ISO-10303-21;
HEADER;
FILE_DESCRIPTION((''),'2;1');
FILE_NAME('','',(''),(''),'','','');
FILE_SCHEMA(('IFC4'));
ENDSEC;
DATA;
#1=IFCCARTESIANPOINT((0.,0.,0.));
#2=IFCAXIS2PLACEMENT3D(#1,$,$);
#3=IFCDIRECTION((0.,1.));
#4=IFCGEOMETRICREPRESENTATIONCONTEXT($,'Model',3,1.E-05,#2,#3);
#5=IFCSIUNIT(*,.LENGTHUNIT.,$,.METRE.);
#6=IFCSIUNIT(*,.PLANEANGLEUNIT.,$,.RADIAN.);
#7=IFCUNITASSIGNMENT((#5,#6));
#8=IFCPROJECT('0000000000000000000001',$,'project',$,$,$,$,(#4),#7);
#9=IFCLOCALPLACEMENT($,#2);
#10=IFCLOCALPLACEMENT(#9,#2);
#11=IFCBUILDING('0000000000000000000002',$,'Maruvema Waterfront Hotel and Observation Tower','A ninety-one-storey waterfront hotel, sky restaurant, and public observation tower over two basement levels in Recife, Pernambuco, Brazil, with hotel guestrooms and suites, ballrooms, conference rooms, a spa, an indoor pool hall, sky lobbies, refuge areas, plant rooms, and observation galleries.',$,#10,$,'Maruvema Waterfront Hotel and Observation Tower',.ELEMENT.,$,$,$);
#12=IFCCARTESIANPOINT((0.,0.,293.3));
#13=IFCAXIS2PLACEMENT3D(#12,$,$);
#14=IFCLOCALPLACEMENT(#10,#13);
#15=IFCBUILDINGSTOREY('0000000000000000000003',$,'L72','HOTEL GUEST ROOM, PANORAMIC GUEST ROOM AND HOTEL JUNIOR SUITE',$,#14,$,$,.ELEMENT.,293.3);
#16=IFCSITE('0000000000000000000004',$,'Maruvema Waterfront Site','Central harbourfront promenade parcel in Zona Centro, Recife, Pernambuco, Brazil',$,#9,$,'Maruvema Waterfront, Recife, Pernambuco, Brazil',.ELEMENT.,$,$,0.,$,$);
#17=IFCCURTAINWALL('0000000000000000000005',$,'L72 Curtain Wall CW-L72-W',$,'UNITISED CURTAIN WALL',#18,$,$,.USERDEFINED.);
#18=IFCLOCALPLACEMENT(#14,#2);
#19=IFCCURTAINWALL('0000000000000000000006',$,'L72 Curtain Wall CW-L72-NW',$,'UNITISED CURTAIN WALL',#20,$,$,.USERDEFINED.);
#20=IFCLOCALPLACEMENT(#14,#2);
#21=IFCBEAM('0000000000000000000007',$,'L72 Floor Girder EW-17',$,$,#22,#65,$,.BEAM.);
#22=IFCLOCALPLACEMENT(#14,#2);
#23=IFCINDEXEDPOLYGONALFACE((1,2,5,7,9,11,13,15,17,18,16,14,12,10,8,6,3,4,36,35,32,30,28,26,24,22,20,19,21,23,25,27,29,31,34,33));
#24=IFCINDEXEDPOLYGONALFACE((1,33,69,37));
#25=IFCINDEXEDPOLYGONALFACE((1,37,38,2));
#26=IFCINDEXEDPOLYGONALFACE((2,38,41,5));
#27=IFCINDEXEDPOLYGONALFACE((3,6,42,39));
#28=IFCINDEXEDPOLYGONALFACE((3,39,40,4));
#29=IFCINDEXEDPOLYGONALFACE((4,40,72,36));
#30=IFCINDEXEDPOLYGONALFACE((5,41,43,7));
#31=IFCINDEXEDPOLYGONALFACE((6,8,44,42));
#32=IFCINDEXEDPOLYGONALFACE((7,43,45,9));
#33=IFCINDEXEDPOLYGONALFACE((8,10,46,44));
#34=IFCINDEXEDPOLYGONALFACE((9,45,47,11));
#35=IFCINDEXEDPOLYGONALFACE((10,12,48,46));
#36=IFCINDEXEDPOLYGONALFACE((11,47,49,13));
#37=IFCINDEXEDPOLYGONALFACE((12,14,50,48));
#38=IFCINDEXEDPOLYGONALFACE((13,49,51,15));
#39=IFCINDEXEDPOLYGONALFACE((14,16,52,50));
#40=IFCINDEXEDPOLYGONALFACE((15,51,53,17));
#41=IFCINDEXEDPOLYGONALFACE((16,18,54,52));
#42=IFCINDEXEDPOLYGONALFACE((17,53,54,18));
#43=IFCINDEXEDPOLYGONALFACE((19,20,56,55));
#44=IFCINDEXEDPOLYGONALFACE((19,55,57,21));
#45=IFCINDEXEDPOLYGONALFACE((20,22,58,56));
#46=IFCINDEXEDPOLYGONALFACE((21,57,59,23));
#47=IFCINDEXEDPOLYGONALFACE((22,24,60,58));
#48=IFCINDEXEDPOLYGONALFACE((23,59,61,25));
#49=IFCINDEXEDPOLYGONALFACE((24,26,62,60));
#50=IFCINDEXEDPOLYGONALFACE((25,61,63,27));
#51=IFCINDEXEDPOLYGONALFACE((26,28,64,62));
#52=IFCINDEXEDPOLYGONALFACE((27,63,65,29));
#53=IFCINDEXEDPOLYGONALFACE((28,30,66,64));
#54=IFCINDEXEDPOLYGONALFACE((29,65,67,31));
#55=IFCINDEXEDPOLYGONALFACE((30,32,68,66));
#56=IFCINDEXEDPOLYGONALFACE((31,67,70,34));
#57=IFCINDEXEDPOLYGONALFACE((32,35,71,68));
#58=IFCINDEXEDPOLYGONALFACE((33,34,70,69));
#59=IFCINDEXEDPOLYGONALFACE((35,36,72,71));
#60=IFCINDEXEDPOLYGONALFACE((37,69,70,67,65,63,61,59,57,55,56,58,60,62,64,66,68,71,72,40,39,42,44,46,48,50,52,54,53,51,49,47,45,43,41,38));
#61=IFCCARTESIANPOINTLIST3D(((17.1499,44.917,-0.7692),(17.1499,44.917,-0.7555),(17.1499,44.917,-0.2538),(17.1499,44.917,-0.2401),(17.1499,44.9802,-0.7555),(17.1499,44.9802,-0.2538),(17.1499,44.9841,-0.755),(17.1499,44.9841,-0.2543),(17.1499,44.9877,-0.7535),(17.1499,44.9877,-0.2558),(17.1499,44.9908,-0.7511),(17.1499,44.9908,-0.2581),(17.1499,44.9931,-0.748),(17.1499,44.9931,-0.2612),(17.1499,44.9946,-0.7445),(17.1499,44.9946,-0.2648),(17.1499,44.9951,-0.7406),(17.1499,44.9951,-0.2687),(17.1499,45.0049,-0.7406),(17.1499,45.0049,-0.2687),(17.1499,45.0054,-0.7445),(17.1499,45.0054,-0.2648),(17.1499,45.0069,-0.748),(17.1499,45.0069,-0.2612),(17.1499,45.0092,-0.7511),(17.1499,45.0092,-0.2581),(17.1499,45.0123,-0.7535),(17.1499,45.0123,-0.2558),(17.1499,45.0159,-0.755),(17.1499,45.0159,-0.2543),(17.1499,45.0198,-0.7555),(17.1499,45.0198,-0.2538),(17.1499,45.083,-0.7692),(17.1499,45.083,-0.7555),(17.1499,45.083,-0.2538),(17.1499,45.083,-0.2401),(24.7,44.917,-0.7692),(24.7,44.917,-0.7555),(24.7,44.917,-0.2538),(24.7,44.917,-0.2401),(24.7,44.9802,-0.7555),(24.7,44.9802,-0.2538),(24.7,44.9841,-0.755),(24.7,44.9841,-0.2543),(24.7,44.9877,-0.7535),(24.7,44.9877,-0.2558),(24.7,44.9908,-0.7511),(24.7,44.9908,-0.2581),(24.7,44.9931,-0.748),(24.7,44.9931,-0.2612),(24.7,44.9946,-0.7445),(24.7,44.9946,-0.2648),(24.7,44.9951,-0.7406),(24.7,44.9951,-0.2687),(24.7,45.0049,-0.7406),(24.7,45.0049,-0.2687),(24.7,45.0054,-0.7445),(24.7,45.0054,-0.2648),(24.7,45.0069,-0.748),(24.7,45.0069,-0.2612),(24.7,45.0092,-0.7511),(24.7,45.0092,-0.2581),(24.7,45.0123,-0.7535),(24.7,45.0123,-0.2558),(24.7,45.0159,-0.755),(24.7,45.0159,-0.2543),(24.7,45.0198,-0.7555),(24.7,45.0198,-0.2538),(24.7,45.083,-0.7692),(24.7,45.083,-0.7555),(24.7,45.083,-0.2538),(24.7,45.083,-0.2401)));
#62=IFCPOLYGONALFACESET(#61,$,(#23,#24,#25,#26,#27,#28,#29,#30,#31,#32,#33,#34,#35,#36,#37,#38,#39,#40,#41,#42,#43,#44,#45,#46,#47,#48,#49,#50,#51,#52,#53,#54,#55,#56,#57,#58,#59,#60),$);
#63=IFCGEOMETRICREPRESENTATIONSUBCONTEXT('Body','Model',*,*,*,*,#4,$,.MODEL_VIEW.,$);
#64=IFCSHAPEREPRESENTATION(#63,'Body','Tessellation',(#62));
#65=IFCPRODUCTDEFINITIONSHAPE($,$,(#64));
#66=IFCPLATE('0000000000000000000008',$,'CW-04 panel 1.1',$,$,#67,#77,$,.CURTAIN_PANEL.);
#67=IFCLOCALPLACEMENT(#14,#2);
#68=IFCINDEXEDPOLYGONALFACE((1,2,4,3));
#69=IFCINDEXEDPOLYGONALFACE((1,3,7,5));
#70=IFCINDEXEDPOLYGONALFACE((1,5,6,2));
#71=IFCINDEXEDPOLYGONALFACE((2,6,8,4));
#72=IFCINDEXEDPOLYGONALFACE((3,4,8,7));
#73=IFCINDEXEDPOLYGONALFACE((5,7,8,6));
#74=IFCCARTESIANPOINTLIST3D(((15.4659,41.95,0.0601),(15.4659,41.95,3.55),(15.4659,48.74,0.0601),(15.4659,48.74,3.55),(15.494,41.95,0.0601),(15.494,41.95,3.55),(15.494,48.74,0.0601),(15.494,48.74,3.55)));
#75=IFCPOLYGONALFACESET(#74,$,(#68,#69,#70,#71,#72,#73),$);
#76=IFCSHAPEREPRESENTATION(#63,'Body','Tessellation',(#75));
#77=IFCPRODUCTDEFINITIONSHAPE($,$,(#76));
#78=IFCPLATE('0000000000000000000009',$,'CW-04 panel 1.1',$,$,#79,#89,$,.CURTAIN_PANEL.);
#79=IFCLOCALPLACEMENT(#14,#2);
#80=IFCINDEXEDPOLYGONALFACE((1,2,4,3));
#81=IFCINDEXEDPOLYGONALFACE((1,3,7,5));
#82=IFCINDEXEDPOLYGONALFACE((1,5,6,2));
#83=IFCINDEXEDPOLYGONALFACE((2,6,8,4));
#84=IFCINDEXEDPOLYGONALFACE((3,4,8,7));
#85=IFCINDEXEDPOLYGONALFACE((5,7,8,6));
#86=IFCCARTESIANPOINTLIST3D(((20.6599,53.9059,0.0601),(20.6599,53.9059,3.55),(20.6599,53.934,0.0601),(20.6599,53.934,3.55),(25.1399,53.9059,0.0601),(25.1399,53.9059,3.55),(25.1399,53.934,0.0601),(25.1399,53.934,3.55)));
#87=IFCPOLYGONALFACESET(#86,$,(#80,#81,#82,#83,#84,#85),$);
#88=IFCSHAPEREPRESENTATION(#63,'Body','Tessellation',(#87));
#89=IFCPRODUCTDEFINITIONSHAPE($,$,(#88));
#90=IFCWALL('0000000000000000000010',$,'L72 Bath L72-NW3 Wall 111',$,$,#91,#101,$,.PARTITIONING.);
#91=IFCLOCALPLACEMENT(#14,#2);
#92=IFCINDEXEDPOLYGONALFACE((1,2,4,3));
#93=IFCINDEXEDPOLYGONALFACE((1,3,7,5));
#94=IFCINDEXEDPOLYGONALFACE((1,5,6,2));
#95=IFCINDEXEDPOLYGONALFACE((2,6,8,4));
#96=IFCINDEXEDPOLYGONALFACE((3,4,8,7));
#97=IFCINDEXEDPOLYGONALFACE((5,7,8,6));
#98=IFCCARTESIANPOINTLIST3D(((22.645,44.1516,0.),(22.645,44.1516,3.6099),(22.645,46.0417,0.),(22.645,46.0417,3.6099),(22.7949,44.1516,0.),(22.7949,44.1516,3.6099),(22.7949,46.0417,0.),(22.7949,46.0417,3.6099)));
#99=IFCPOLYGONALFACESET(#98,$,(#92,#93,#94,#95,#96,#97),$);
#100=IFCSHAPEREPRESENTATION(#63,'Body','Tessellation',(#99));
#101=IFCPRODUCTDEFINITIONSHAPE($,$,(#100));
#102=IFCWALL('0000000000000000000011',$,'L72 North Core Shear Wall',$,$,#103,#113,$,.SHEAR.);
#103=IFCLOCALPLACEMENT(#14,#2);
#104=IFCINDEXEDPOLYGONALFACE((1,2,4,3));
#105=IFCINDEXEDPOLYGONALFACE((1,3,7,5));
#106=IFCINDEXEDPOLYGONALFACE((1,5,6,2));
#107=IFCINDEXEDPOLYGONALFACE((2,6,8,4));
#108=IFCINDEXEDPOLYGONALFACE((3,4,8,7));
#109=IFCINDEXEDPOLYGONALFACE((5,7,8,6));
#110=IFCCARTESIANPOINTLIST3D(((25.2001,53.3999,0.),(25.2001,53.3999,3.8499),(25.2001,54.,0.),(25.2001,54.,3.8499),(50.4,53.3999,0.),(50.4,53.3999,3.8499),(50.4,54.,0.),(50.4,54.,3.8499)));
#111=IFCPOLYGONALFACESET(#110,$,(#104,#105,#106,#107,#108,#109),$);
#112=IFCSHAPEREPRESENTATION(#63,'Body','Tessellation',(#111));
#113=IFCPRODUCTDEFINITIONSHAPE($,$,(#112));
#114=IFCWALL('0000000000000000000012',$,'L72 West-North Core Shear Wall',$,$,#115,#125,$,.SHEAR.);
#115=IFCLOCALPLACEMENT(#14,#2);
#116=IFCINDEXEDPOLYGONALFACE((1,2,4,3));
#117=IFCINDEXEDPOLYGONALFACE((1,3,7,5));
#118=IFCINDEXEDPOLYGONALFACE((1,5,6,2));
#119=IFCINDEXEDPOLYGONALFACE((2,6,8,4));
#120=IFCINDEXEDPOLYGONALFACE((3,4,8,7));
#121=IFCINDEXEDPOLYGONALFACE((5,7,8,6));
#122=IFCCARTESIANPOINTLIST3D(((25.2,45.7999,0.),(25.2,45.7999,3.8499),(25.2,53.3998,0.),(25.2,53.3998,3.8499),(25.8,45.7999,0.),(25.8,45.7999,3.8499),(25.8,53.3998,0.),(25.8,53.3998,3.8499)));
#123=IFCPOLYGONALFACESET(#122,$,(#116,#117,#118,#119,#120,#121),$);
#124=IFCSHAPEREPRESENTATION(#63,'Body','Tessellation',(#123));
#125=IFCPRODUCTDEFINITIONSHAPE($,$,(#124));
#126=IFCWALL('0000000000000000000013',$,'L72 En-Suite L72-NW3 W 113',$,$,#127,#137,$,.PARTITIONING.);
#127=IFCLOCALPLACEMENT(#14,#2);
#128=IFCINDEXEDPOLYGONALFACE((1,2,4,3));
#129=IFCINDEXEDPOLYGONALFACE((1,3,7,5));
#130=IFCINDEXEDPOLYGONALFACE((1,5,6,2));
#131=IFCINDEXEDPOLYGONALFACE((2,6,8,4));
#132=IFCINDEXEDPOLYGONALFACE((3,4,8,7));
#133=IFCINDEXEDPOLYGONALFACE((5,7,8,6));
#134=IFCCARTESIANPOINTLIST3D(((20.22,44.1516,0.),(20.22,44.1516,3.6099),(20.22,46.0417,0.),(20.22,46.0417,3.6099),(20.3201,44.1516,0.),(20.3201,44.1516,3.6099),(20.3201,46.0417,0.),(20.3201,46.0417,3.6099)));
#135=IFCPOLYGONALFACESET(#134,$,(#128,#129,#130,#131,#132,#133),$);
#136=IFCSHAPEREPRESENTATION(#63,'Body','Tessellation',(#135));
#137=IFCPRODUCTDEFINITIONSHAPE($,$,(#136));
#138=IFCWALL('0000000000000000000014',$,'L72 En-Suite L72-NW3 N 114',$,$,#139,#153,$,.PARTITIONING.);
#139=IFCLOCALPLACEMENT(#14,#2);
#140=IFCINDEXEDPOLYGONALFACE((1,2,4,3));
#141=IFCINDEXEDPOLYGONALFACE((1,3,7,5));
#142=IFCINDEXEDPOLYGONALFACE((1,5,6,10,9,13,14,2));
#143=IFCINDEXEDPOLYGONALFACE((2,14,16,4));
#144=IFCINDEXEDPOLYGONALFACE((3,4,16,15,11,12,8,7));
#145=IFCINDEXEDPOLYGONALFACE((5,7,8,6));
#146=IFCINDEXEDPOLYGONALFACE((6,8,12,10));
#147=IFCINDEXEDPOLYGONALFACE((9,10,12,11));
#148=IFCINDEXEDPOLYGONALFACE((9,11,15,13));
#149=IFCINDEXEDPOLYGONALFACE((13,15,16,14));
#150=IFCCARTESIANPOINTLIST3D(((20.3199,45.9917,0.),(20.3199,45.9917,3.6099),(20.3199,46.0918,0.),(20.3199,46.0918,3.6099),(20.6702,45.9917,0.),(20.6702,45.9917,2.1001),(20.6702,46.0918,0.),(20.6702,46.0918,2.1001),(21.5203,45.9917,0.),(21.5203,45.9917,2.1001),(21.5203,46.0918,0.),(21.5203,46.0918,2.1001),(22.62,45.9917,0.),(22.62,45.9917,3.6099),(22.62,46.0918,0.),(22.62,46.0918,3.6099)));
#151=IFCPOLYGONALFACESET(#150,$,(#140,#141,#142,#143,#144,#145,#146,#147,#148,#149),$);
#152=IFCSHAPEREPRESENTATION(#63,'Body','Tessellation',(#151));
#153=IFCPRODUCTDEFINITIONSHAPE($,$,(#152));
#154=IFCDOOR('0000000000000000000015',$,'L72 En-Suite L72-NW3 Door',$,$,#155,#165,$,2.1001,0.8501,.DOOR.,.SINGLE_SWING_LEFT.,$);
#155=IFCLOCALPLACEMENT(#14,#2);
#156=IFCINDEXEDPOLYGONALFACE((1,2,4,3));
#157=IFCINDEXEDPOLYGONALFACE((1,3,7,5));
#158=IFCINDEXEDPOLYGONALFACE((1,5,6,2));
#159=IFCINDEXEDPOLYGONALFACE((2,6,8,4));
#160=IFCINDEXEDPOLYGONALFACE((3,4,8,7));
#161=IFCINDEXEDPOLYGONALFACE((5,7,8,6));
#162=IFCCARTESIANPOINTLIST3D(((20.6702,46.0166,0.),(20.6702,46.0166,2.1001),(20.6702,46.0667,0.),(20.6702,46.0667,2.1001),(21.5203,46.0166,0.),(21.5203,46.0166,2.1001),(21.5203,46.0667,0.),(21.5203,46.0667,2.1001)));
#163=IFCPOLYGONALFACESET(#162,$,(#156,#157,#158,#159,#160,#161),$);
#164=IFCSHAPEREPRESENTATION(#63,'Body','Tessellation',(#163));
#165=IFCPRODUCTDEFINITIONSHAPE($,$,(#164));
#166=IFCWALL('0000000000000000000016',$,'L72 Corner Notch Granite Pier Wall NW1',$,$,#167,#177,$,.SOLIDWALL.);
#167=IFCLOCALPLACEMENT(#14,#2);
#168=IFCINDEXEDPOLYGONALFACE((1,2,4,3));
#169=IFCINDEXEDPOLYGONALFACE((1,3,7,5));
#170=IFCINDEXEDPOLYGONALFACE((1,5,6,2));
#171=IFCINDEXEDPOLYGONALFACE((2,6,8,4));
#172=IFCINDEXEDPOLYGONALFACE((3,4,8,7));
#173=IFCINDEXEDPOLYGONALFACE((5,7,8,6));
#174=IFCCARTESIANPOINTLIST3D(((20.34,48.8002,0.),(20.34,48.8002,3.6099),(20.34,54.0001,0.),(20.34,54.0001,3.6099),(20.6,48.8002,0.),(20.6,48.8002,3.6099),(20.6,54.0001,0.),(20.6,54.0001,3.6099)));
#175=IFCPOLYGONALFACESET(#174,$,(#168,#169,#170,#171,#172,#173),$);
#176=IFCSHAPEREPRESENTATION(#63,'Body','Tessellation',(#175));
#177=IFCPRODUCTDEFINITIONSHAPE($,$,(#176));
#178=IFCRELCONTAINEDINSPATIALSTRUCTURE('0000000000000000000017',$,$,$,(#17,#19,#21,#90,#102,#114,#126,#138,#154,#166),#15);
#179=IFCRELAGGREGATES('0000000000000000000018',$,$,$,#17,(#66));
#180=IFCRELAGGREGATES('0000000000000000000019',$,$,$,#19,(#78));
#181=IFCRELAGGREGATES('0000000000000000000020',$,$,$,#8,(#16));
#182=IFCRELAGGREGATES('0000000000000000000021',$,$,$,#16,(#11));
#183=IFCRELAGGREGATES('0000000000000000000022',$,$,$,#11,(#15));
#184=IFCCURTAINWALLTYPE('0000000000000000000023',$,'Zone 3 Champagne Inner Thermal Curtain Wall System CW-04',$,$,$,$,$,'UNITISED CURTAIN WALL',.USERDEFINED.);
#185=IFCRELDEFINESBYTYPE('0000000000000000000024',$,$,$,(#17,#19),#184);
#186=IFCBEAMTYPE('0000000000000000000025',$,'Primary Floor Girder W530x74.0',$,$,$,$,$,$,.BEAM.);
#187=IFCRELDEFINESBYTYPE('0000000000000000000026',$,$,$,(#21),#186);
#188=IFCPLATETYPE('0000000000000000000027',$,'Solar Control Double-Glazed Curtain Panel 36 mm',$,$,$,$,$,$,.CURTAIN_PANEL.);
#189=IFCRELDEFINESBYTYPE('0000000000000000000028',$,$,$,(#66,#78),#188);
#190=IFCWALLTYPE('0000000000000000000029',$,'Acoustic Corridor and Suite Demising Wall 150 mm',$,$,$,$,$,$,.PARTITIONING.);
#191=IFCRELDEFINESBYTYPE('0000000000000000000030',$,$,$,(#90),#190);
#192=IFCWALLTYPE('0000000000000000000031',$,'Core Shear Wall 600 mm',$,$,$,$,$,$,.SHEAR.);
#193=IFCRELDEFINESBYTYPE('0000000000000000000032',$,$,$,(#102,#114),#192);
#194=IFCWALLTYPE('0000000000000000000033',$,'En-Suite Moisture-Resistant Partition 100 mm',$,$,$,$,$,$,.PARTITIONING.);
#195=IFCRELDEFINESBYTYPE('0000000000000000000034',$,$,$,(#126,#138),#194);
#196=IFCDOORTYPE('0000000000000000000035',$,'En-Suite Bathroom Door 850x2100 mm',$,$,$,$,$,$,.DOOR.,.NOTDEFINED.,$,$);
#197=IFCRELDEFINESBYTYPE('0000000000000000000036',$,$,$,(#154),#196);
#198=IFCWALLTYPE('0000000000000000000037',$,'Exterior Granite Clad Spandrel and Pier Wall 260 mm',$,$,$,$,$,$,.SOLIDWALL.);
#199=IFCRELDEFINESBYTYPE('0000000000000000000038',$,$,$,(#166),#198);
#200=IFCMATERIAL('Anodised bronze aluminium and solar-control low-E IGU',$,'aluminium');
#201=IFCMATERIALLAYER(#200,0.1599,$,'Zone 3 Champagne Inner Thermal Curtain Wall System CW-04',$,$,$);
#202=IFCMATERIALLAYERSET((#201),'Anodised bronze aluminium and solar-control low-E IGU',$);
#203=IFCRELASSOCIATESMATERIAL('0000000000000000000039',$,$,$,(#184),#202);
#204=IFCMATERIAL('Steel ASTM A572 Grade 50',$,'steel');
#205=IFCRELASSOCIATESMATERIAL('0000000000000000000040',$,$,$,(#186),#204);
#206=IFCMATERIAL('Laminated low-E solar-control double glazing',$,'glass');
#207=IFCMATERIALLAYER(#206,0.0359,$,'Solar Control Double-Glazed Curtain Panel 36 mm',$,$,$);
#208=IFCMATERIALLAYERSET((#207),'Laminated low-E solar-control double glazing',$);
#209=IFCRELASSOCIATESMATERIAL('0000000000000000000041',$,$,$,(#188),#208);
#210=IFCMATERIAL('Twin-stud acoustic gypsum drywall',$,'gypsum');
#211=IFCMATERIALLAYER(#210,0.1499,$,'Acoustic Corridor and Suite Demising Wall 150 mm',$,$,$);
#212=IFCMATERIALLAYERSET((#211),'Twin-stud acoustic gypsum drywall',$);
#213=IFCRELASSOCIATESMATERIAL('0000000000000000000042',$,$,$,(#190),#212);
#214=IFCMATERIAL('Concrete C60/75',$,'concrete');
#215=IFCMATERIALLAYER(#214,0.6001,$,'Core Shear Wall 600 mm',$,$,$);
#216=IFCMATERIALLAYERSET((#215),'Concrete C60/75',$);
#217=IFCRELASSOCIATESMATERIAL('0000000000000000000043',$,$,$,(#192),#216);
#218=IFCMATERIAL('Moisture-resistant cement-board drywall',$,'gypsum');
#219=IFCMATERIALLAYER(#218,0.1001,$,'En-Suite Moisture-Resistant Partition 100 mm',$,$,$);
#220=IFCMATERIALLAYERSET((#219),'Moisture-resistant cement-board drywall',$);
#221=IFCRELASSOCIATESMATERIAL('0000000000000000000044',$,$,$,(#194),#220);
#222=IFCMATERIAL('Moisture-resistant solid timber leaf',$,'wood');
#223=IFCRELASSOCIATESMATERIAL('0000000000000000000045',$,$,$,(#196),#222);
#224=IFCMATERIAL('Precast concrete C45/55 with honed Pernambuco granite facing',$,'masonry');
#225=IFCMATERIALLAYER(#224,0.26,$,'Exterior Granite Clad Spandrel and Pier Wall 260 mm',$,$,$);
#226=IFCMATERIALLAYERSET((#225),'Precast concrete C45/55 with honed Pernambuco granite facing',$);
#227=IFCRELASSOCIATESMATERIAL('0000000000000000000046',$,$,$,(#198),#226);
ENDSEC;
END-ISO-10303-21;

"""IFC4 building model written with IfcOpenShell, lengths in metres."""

from ifc_helpers import new_model, si_unit, direction, frame, frame_2d, origin, origin_2d, place, context, subcontext, project, spatial, rectangle, i_section, extrude, material, layer, layer_set, material_profile, profile_set, type_object, element, fill, aggregate, save


model = new_model("IFC4")

# Units and contexts
model_context = context("Model", 3, precision=1e-05, world=origin(), true_north=direction((0.0, 1.0)))
body_context = subcontext(model_context, "Body", "Model", "MODEL_VIEW")
ifc_project = project(units=[si_unit("LENGTHUNIT", "METRE"), si_unit("PLANEANGLEUNIT", "RADIAN")], contexts=[model_context])

# Site, building, storey
site_placement = place(None, origin())
site = spatial("IfcSite", under=ifc_project, at=site_placement, Name="Maruvema Waterfront Site", Description="Central harbourfront promenade parcel in Zona Centro, Recife, Pernambuco, Brazil", LongName="Maruvema Waterfront, Recife, Pernambuco, Brazil", CompositionType="ELEMENT", RefElevation=0.0)
building_placement = place(site_placement, origin())
building = spatial("IfcBuilding", under=site, at=building_placement, Name="Maruvema Waterfront Hotel and Observation Tower", Description="A ninety-one-storey waterfront hotel, sky restaurant, and public observation tower over two basement levels in Recife, Pernambuco, Brazil, with hotel guestrooms and suites, ballrooms, conference rooms, a spa, an indoor pool hall, sky lobbies, refuge areas, plant rooms, and observation galleries.", LongName="Maruvema Waterfront Hotel and Observation Tower", CompositionType="ELEMENT")
storey_placement = place(building_placement, frame((0.0, 0.0, 293.3)))
storey = spatial("IfcBuildingStorey", under=building, at=storey_placement, Name="L72", Description="HOTEL GUEST ROOM, PANORAMIC GUEST ROOM AND HOTEL JUNIOR SUITE", CompositionType="ELEMENT", Elevation=293.3)

# Curtain walls
ifc_material_1 = material(Name="Anodised bronze aluminium and solar-control low-E IGU", Category="aluminium")
ifc_layer_1 = layer(ifc_material_1, 0.1599, Name="Zone 3 Champagne Inner Thermal Curtain Wall System CW-04")
ifc_layer_set_1 = layer_set([ifc_layer_1], Name="Anodised bronze aluminium and solar-control low-E IGU")
curtain_wall_type = type_object("IfcCurtainWallType", Name="Zone 3 Champagne Inner Thermal Curtain Wall System CW-04", ElementType="UNITISED CURTAIN WALL", PredefinedType="USERDEFINED", material=ifc_layer_set_1)
curtain_wall_1_placement = place(storey_placement, origin())
curtain_wall_1 = element("IfcCurtainWall", 1, at=curtain_wall_1_placement, inside=storey, type_object=curtain_wall_type, Name="L72 Curtain Wall CW-L72-W", ObjectType="UNITISED CURTAIN WALL", PredefinedType="USERDEFINED")
curtain_wall_2_placement = place(storey_placement, origin())
curtain_wall_2 = element("IfcCurtainWall", 2, at=curtain_wall_2_placement, inside=storey, type_object=curtain_wall_type, Name="L72 Curtain Wall CW-L72-NW", ObjectType="UNITISED CURTAIN WALL", PredefinedType="USERDEFINED")

# Beam
ifc_material_2 = material(Name="Steel ASTM A572 Grade 50", Category="steel")
ifc_material_profile_1 = material_profile(ifc_material_2, i_section(OverallWidth=0.166, OverallDepth=0.5291, WebThickness=0.0098, FlangeThickness=0.0137, FilletRadius=0.0149, at=origin_2d()), Name="W530x74.0")
ifc_profile_set_1 = profile_set([ifc_material_profile_1], Name="Steel ASTM A572 Grade 50")
beam_type = type_object("IfcBeamType", Name="Primary Floor Girder W530x74.0", PredefinedType="BEAM", material=ifc_profile_set_1)
beam_placement = place(storey_placement, frame((17.1499, 45.0, -0.5046), z_axis=(1.0, 0.0, 0.0), x_axis=(0.0, 1.0, 0.0)))
element("IfcBeam", 3, at=beam_placement, inside=storey, type_object=beam_type, Name="L72 Floor Girder EW-17", PredefinedType="BEAM", context=body_context, shape_type="SweptSolid", body=[
    extrude(i_section(OverallWidth=0.166, OverallDepth=0.5291, WebThickness=0.0098, FlangeThickness=0.0137, FilletRadius=0.0149, at=origin_2d()), origin(), (0.0, 0.0, 1.0), 7.55),
])

# Plates
ifc_material_3 = material(Name="Laminated low-E solar-control double glazing", Category="glass")
ifc_layer_2 = layer(ifc_material_3, 0.0359, Name="Solar Control Double-Glazed Curtain Panel 36 mm")
ifc_layer_set_2 = layer_set([ifc_layer_2], Name="Laminated low-E solar-control double glazing")
plate_type = type_object("IfcPlateType", Name="Solar Control Double-Glazed Curtain Panel 36 mm", PredefinedType="CURTAIN_PANEL", material=ifc_layer_set_2)
plate_1_placement = place(storey_placement, frame((15.48, 45.345, 0.0601), z_axis=(0.0, 0.0, 1.0), x_axis=(0.0, -1.0, 0.0)))
plate_1 = element("IfcPlate", 4, at=plate_1_placement, type_object=plate_type, Name="CW-04 panel 1.1", PredefinedType="CURTAIN_PANEL", context=body_context, shape_type="SweptSolid", body=[
    extrude(rectangle(XDim=6.79, YDim=0.0281, at=origin_2d()), origin(), (0.0, 0.0, 1.0), 3.49),
])
aggregate(curtain_wall_1, [plate_1])
plate_2_placement = place(storey_placement, frame((22.8999, 53.9199, 0.0601), z_axis=(0.0, 0.0, 1.0), x_axis=(-1.0, 0.0, 0.0)))
plate_2 = element("IfcPlate", 5, at=plate_2_placement, type_object=plate_type, Name="CW-04 panel 1.1", PredefinedType="CURTAIN_PANEL", context=body_context, shape_type="SweptSolid", body=[
    extrude(rectangle(XDim=4.48, YDim=0.0281, at=origin_2d()), origin(), (0.0, 0.0, 1.0), 3.49),
])
aggregate(curtain_wall_2, [plate_2])

# Wall
ifc_material_4 = material(Name="Twin-stud acoustic gypsum drywall", Category="gypsum")
ifc_layer_3 = layer(ifc_material_4, 0.1499, Name="Acoustic Corridor and Suite Demising Wall 150 mm")
ifc_layer_set_3 = layer_set([ifc_layer_3], Name="Twin-stud acoustic gypsum drywall")
wall_type_1 = type_object("IfcWallType", Name="Acoustic Corridor and Suite Demising Wall 150 mm", PredefinedType="PARTITIONING", material=ifc_layer_set_3)
wall_1_placement = place(storey_placement, frame((22.72, 44.1516, 0.0), z_axis=(0.0, 0.0, 1.0), x_axis=(0.0, 1.0, 0.0)))
element("IfcWall", 6, at=wall_1_placement, inside=storey, type_object=wall_type_1, Name="L72 Bath L72-NW3 Wall 111", PredefinedType="PARTITIONING", context=body_context, shape_type="SweptSolid", body=[
    extrude(rectangle(XDim=1.8901, YDim=0.1499, at=frame_2d((0.9451, 0.0))), origin(), (0.0, 0.0, 1.0), 3.6099),
])

# Walls
ifc_material_5 = material(Name="Concrete C60/75", Category="concrete")
ifc_layer_4 = layer(ifc_material_5, 0.6001, Name="Core Shear Wall 600 mm")
ifc_layer_set_4 = layer_set([ifc_layer_4], Name="Concrete C60/75")
wall_type_2 = type_object("IfcWallType", Name="Core Shear Wall 600 mm", PredefinedType="SHEAR", material=ifc_layer_set_4)
wall_2_placement = place(storey_placement, frame((25.2, 53.7, 0.0), z_axis=(0.0, 0.0, 1.0), x_axis=(1.0, 0.0, 0.0)))
element("IfcWall", 7, at=wall_2_placement, inside=storey, type_object=wall_type_2, Name="L72 North Core Shear Wall", PredefinedType="SHEAR", context=body_context, shape_type="SweptSolid", body=[
    extrude(rectangle(XDim=25.2, YDim=0.6001, at=frame_2d((12.6001, 0.0))), origin(), (0.0, 0.0, 1.0), 3.8499),
])
wall_3_placement = place(storey_placement, frame((25.5, 45.8, 0.0), z_axis=(0.0, 0.0, 1.0), x_axis=(0.0, 1.0, 0.0)))
element("IfcWall", 8, at=wall_3_placement, inside=storey, type_object=wall_type_2, Name="L72 West-North Core Shear Wall", PredefinedType="SHEAR", context=body_context, shape_type="SweptSolid", body=[
    extrude(rectangle(XDim=7.5999, YDim=0.6001, at=frame_2d((3.7998, 0.0))), origin(), (0.0, 0.0, 1.0), 3.8499),
])
ifc_material_6 = material(Name="Moisture-resistant cement-board drywall", Category="gypsum")
ifc_layer_5 = layer(ifc_material_6, 0.1001, Name="En-Suite Moisture-Resistant Partition 100 mm")
ifc_layer_set_5 = layer_set([ifc_layer_5], Name="Moisture-resistant cement-board drywall")
wall_type_3 = type_object("IfcWallType", Name="En-Suite Moisture-Resistant Partition 100 mm", PredefinedType="PARTITIONING", material=ifc_layer_set_5)
wall_4_placement = place(storey_placement, frame((20.27, 44.1516, 0.0), z_axis=(0.0, 0.0, 1.0), x_axis=(0.0, 1.0, 0.0)))
element("IfcWall", 9, at=wall_4_placement, inside=storey, type_object=wall_type_3, Name="L72 En-Suite L72-NW3 W 113", PredefinedType="PARTITIONING", context=body_context, shape_type="SweptSolid", body=[
    extrude(rectangle(XDim=1.8901, YDim=0.1001, at=frame_2d((0.9451, 0.0))), origin(), (0.0, 0.0, 1.0), 3.6099),
])

# Wall, opening, door
wall_5_placement = place(storey_placement, frame((20.3201, 46.0417, 0.0), z_axis=(0.0, 0.0, 1.0), x_axis=(1.0, 0.0, 0.0)))
wall_5 = element("IfcWall", 10, at=wall_5_placement, inside=storey, type_object=wall_type_3, Name="L72 En-Suite L72-NW3 N 114", PredefinedType="PARTITIONING", context=body_context, shape_type="SweptSolid", body=[
    extrude(rectangle(XDim=2.3, YDim=0.1001, at=frame_2d((1.1499, 0.0))), origin(), (0.0, 0.0, 1.0), 3.6099),
])
opening_1_placement = place(wall_5_placement, frame((0.3501, 0.0, 0.0)))
opening_1 = element("IfcOpeningElement", 11, at=opening_1_placement, cuts=wall_5, PredefinedType="OPENING", context=body_context, shape_type="SweptSolid", body=[
    extrude(rectangle(XDim=0.8501, YDim=2.1001, at=frame_2d((0.425, 1.05))), frame((0.0, 0.0601, 0.0), z_axis=(0.0, -1.0, 0.0), x_axis=(1.0, 0.0, 0.0)), (0.0, 0.0, 1.0), 0.1201),
])
ifc_material_7 = material(Name="Moisture-resistant solid timber leaf", Category="wood")
door_type_1 = type_object("IfcDoorType", Name="En-Suite Bathroom Door 850x2100 mm", OperationType="NOTDEFINED", PredefinedType="DOOR", material=ifc_material_7)
door_1_placement = place(opening_1_placement, origin())
door_1 = element("IfcDoor", 12, at=door_1_placement, inside=storey, type_object=door_type_1, Name="L72 En-Suite L72-NW3 Door", OperationType="SINGLE_SWING_LEFT", OverallHeight=2.1001, OverallWidth=0.8501, PredefinedType="DOOR", context=body_context, shape_type="SweptSolid", body=[
    extrude(rectangle(XDim=0.8501, YDim=2.1001, at=frame_2d((0.425, 1.05))), frame((0.0, 0.0249, 0.0), z_axis=(0.0, -1.0, 0.0), x_axis=(1.0, 0.0, 0.0)), (0.0, 0.0, 1.0), 0.05),
])
fill(opening_1, door_1)

# Wall
ifc_material_8 = material(Name="Precast concrete C45/55 with honed Pernambuco granite facing", Category="masonry")
ifc_layer_6 = layer(ifc_material_8, 0.26, Name="Exterior Granite Clad Spandrel and Pier Wall 260 mm")
ifc_layer_set_6 = layer_set([ifc_layer_6], Name="Precast concrete C45/55 with honed Pernambuco granite facing")
wall_type_4 = type_object("IfcWallType", Name="Exterior Granite Clad Spandrel and Pier Wall 260 mm", PredefinedType="SOLIDWALL", material=ifc_layer_set_6)
wall_6_placement = place(storey_placement, frame((20.47, 48.8, 0.0), z_axis=(0.0, 0.0, 1.0), x_axis=(0.0, 1.0, 0.0)))
element("IfcWall", 13, at=wall_6_placement, inside=storey, type_object=wall_type_4, Name="L72 Corner Notch Granite Pier Wall NW1", PredefinedType="SOLIDWALL", context=body_context, shape_type="SweptSolid", body=[
    extrude(rectangle(XDim=5.2, YDim=0.26, at=frame_2d((2.6001, 0.0))), origin(), (0.0, 0.0, 1.0), 3.6099),
])

save(model, "model.ifc")
